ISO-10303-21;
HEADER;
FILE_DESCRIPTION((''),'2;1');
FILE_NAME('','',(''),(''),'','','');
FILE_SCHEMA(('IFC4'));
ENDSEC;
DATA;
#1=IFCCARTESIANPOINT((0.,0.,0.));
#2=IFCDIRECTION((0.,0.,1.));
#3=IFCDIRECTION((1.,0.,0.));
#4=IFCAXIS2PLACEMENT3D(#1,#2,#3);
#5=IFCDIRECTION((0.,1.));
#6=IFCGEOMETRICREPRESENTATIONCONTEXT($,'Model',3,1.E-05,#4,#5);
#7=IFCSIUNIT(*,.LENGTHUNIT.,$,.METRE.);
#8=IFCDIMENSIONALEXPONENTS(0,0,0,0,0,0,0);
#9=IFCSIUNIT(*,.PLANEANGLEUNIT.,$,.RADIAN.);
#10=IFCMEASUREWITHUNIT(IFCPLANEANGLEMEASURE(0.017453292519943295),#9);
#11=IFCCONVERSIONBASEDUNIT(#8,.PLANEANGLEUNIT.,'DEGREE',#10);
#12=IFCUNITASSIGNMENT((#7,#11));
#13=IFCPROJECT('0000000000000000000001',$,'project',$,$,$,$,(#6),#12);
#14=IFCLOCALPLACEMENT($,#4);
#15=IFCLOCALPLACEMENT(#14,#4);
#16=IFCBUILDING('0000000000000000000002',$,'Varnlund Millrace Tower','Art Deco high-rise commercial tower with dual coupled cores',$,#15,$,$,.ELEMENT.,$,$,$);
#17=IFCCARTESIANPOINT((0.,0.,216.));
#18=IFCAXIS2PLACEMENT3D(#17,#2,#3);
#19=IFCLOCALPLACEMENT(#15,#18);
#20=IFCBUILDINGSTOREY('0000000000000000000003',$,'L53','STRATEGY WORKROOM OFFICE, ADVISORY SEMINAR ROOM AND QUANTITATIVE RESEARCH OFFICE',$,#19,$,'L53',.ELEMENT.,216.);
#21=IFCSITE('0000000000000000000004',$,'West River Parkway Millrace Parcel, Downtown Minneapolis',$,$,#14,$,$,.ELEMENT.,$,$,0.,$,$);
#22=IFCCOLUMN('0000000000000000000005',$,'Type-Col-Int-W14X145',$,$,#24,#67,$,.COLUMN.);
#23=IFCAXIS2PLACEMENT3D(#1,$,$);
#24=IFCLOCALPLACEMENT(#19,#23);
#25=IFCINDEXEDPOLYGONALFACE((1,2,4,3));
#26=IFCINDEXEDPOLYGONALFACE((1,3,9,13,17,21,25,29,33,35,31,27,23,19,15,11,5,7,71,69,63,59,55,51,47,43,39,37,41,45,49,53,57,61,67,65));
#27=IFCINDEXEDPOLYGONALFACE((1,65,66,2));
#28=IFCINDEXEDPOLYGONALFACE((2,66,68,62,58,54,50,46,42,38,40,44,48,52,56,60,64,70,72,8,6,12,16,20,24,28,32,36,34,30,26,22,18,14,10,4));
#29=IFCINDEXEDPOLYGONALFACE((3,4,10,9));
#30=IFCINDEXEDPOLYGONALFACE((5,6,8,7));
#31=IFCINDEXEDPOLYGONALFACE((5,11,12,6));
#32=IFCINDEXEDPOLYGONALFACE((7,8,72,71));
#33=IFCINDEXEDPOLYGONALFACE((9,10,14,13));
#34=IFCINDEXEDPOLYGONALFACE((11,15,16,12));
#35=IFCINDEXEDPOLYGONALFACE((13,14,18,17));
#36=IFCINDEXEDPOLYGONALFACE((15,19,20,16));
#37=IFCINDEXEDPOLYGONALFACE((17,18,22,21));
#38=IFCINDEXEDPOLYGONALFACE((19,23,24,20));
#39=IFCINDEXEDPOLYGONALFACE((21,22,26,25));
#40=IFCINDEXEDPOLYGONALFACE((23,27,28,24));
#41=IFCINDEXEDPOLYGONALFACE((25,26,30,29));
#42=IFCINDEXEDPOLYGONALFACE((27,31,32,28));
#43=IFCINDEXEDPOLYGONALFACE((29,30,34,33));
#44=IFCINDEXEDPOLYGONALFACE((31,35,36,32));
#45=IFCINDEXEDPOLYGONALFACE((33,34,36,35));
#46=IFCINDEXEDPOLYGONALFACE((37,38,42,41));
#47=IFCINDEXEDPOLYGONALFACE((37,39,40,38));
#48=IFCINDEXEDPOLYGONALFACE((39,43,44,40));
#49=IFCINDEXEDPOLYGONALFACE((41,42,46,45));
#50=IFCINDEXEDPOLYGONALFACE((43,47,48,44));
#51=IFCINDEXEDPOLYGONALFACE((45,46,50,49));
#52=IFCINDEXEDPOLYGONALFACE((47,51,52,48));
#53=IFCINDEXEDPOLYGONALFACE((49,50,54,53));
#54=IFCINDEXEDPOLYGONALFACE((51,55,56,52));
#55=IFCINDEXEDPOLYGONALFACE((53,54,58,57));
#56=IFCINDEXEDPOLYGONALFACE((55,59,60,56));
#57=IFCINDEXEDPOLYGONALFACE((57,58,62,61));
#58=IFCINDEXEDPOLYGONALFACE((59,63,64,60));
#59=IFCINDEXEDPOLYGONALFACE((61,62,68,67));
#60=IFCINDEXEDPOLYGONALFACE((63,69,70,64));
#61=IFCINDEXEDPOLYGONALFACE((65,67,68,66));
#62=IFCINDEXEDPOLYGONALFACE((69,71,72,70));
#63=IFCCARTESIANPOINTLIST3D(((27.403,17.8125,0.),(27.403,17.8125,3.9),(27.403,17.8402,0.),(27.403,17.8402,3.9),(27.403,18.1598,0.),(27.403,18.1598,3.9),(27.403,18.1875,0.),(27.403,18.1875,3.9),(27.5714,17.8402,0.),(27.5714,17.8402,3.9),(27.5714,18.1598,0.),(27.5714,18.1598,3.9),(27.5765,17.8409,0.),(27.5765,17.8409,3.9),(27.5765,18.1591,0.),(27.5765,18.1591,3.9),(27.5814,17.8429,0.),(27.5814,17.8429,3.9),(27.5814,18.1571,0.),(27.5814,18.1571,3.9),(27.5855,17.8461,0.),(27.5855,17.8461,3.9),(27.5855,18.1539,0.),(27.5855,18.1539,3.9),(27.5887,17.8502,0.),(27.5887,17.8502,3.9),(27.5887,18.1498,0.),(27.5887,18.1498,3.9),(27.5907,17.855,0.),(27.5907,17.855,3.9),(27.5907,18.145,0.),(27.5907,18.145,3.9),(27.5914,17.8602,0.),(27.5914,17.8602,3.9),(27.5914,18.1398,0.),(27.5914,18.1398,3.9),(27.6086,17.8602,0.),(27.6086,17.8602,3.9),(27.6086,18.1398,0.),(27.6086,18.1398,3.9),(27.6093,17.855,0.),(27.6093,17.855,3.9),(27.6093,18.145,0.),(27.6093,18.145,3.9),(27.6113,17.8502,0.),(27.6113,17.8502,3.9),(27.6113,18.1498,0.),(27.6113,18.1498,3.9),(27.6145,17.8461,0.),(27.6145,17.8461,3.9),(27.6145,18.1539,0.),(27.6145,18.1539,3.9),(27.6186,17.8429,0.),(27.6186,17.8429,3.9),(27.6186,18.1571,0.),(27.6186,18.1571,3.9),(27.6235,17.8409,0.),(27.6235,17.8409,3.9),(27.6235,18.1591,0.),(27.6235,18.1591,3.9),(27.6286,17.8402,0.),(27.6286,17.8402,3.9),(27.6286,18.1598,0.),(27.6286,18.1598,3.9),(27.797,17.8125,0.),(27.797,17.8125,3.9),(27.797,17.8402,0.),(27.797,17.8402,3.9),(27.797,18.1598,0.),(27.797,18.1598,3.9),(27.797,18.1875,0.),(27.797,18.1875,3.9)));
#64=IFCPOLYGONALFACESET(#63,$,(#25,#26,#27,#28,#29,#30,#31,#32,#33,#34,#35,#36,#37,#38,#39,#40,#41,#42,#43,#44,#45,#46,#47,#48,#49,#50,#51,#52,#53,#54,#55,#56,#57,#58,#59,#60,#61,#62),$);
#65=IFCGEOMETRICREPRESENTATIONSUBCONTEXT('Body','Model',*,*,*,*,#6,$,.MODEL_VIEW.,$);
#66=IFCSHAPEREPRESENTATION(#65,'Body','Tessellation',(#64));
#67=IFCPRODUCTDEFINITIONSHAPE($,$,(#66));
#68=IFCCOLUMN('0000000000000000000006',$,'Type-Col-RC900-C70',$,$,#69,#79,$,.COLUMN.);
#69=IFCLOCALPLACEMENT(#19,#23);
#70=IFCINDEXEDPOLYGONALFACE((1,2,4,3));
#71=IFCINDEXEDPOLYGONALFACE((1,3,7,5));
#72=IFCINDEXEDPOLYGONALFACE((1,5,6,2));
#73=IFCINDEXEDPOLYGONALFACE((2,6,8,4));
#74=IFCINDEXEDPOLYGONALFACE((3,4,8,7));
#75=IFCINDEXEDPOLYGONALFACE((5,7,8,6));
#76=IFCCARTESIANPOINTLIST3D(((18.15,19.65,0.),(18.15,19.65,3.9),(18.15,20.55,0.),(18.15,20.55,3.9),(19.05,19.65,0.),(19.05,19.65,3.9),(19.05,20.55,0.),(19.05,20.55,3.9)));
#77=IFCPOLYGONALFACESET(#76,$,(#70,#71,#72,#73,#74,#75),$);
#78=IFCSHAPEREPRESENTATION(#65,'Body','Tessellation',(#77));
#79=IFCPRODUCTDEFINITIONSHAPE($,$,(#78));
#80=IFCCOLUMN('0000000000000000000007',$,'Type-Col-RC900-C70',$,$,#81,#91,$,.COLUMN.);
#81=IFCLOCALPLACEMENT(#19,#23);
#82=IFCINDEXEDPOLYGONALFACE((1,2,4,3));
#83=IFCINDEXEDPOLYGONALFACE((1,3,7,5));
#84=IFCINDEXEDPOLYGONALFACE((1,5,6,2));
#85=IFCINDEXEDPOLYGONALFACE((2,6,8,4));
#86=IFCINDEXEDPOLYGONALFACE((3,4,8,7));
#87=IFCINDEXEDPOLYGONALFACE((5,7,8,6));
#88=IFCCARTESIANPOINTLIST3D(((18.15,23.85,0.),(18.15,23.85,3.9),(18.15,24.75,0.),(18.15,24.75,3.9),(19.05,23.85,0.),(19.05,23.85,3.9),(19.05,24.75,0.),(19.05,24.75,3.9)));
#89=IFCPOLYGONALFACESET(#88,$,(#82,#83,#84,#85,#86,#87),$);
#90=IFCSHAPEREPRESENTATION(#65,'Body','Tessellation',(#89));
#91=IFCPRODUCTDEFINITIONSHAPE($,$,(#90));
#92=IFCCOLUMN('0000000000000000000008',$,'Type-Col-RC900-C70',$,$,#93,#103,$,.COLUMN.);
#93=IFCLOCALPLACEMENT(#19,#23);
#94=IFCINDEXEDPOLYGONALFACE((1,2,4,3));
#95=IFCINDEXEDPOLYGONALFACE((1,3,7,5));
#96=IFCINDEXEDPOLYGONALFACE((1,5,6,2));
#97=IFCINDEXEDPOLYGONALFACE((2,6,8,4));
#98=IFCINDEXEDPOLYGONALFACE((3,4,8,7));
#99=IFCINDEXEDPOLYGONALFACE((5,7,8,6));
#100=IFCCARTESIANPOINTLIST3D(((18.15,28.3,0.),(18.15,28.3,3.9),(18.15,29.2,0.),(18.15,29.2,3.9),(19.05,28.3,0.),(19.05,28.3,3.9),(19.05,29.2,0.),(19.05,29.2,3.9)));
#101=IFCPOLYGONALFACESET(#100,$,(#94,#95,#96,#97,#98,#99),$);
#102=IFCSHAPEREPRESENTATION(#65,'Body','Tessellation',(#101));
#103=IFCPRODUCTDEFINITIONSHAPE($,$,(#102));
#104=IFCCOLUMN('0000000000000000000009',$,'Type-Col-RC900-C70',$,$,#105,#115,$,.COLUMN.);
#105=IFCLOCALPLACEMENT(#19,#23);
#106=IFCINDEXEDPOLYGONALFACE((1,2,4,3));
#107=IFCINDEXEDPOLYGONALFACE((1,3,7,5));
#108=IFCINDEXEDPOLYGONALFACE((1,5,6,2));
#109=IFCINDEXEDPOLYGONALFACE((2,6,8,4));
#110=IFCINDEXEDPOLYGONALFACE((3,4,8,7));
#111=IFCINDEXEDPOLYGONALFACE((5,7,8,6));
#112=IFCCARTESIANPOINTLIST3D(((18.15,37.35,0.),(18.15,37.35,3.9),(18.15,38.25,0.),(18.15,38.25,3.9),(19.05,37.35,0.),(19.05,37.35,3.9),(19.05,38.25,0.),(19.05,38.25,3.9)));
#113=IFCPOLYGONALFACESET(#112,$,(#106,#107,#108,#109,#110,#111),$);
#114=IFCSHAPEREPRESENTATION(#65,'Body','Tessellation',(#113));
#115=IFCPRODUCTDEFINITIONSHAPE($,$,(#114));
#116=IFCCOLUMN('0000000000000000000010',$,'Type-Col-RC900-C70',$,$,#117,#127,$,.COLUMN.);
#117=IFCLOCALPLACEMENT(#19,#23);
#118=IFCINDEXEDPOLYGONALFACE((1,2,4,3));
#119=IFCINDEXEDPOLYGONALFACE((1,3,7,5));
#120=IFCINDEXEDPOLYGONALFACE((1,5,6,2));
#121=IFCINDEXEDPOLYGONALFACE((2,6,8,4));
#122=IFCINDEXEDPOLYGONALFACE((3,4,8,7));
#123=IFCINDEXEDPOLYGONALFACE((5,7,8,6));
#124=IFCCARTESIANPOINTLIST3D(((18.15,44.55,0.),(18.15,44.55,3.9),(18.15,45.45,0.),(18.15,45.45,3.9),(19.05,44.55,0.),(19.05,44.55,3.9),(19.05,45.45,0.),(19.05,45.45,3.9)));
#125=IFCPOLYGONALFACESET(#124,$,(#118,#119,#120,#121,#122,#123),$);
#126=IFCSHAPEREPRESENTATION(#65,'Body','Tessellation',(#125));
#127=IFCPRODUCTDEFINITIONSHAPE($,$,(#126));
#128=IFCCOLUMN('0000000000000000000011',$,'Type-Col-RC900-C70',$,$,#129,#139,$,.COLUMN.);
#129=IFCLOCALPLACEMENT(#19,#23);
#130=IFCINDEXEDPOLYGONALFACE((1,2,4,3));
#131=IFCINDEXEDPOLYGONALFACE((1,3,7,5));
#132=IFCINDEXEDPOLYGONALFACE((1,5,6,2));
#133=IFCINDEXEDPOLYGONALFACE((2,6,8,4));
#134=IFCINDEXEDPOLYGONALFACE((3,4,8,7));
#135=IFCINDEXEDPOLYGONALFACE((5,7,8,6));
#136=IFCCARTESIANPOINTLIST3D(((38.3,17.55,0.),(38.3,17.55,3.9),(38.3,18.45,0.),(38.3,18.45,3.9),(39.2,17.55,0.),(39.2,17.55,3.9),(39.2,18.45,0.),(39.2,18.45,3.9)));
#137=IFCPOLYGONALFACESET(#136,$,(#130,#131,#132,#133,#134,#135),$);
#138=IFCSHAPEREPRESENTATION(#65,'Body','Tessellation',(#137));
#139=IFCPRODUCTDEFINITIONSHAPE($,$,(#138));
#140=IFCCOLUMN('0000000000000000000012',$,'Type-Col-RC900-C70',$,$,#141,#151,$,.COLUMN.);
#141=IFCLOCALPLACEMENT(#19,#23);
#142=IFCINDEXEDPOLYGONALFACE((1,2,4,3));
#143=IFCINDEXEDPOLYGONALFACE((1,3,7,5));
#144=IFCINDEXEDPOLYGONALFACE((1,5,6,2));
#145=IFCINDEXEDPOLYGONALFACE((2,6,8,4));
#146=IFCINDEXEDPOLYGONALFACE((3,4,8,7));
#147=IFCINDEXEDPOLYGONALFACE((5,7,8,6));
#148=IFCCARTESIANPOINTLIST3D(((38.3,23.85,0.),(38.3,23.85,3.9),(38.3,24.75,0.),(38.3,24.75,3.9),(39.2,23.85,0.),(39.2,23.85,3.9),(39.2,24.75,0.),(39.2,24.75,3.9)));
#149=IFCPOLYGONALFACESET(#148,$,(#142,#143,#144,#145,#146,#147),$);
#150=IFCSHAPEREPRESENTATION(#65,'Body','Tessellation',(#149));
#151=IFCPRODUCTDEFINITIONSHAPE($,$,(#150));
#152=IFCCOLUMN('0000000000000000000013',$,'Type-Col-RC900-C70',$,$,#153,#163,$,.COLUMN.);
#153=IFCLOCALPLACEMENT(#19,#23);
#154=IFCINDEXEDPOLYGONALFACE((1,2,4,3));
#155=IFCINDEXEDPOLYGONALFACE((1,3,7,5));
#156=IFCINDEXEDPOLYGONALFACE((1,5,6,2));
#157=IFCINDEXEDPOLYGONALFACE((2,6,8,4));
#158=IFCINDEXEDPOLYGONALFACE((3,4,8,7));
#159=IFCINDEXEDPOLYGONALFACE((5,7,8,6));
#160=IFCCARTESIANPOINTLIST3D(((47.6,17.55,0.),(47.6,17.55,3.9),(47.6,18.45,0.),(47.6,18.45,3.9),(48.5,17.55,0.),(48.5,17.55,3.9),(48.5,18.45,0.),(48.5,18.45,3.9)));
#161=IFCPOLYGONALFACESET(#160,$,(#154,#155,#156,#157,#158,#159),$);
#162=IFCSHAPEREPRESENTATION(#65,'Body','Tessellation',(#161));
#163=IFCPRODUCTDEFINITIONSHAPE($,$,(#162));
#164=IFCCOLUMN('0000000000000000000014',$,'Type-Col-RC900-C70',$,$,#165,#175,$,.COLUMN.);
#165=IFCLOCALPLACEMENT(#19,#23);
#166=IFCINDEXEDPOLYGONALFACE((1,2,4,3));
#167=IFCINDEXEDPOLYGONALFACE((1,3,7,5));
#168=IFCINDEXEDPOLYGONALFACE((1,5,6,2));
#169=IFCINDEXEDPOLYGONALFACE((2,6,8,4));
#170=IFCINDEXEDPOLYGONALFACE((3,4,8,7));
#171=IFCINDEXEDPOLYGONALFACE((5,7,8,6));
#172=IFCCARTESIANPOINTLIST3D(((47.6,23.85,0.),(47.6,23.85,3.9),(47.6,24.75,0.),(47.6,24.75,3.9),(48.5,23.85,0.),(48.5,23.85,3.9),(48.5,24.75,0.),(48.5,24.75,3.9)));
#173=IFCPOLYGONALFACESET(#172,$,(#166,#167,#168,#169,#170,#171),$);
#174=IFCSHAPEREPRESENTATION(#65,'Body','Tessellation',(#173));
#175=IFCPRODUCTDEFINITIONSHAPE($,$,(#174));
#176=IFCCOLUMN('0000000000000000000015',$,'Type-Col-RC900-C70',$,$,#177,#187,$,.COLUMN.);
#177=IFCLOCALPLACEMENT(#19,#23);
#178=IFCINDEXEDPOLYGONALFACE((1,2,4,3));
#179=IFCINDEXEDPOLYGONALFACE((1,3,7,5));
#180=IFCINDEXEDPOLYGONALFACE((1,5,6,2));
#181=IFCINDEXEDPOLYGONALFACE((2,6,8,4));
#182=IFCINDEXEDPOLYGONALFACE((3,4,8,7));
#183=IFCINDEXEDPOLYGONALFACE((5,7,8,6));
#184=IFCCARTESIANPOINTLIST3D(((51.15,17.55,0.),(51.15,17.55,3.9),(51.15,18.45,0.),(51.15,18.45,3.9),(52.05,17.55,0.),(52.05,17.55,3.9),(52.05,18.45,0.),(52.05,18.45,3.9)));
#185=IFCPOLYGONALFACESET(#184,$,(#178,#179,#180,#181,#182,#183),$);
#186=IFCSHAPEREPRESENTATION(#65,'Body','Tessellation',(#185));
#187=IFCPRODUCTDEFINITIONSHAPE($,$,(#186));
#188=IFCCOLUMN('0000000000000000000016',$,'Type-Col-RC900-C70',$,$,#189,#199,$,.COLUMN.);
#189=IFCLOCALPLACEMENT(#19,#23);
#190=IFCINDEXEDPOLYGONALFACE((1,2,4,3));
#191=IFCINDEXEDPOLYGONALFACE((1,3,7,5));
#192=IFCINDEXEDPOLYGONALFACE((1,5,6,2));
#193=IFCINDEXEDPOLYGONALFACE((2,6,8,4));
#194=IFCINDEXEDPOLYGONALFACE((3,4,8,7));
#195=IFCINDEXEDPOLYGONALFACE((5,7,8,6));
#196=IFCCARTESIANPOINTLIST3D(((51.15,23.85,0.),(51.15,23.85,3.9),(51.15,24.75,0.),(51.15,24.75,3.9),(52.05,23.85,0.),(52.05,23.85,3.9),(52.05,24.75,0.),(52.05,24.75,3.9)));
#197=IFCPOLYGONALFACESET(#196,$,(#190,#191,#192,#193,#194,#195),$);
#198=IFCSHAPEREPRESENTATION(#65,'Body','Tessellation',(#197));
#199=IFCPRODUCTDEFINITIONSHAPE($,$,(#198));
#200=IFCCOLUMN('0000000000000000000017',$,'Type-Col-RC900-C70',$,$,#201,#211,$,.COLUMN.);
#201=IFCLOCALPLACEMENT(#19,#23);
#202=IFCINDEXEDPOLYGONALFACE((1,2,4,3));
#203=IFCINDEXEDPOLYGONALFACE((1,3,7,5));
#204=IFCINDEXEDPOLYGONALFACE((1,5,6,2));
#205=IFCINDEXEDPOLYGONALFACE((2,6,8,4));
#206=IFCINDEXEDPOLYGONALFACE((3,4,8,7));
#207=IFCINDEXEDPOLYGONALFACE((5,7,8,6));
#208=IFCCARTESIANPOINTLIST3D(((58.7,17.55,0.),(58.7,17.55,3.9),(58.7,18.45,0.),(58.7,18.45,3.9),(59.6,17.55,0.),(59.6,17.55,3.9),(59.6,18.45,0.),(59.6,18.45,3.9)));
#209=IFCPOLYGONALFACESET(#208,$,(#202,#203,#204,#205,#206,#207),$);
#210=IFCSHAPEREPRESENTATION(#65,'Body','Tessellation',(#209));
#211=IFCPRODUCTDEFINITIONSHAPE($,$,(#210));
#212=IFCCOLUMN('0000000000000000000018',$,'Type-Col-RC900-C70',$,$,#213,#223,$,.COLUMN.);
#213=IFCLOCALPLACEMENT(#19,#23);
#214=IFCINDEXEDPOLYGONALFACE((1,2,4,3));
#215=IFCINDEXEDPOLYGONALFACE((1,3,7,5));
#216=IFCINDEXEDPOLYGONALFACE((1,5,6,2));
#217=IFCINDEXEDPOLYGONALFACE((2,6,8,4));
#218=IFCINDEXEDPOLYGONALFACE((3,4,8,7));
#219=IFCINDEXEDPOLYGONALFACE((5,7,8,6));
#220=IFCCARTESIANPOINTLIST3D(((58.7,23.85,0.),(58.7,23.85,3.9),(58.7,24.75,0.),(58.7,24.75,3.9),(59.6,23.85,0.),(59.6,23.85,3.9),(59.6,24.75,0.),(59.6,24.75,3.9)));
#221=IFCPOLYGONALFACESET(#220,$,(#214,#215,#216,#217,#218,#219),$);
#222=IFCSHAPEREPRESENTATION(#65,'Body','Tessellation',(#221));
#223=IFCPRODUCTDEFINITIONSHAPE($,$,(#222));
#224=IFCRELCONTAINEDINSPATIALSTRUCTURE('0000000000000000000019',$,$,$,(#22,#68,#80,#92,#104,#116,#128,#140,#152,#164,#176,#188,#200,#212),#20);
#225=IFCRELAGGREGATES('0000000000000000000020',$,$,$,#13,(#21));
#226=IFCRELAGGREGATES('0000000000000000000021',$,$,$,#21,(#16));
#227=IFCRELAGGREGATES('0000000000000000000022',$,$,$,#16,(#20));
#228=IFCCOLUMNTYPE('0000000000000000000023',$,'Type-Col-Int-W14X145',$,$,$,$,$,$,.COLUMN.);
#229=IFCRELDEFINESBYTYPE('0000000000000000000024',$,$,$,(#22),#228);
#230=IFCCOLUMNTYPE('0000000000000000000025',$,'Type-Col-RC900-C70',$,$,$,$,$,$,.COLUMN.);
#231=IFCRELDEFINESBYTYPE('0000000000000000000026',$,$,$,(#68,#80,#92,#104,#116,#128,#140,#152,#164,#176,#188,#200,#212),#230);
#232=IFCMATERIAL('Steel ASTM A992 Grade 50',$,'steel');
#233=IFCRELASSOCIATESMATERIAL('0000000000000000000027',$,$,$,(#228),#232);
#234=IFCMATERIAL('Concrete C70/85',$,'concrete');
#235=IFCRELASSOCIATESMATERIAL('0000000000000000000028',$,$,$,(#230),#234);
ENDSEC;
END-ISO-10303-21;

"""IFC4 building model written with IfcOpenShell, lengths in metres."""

from ifc_helpers import new_model, entity, si_unit, converted_unit, direction, frame, origin_with_axes, origin_2d_with_axis, place, context, subcontext, project, spatial, rectangle, i_section, extrude, material, material_profile, profile_set, type_object, element, save


model = new_model("IFC4")

# Units and contexts
model_context = context("Model", 3, precision=1e-05, world=origin_with_axes(), true_north=direction((0.0, 1.0)))
body_context = subcontext(model_context, "Body", "Model", "MODEL_VIEW")
ifc_project = project(units=[si_unit("LENGTHUNIT", "METRE"), converted_unit("PLANEANGLEUNIT", "DEGREE", entity("IfcPlaneAngleMeasure", 0.017453292519943295), si_unit("PLANEANGLEUNIT", "RADIAN"), dimensions=[0, 0, 0, 0, 0, 0, 0])], contexts=[model_context])

# Site, building, storey
site_placement = place(None, origin_with_axes())
site = spatial("IfcSite", under=ifc_project, at=site_placement, Name="West River Parkway Millrace Parcel, Downtown Minneapolis", CompositionType="ELEMENT", RefElevation=0.0)
building_placement = place(site_placement, origin_with_axes())
building = spatial("IfcBuilding", under=site, at=building_placement, Name="Varnlund Millrace Tower", Description="Art Deco high-rise commercial tower with dual coupled cores", CompositionType="ELEMENT")
storey_placement = place(building_placement, frame((0.0, 0.0, 216.0), z_axis=(0.0, 0.0, 1.0), x_axis=(1.0, 0.0, 0.0)))
storey = spatial("IfcBuildingStorey", under=building, at=storey_placement, Name="L53", Description="STRATEGY WORKROOM OFFICE, ADVISORY SEMINAR ROOM AND QUANTITATIVE RESEARCH OFFICE", LongName="L53", CompositionType="ELEMENT", Elevation=216.0)

# Columns
ifc_material_1 = material(Name="Steel ASTM A992 Grade 50", Category="steel")
ifc_material_profile_1 = material_profile(ifc_material_1, i_section(OverallWidth=0.394, OverallDepth=0.375, WebThickness=0.0173, FlangeThickness=0.0277, FilletRadius=0.02, at=origin_2d_with_axis()), Name="Steel ASTM A992 Grade 50")
ifc_profile_set_1 = profile_set([ifc_material_profile_1], Name="Steel ASTM A992 Grade 50")
column_type_1 = type_object("IfcColumnType", Name="Type-Col-Int-W14X145", PredefinedType="COLUMN", material=ifc_profile_set_1)
column_placement = place(storey_placement, frame((27.6, 18.0, 0.0), z_axis=(0.0, 0.0, 1.0), x_axis=(1.0, 0.0, 0.0)))
element("IfcColumn", 1, at=column_placement, inside=storey, type_object=column_type_1, Name="Type-Col-Int-W14X145", PredefinedType="COLUMN", context=body_context, shape_type="SweptSolid", body=[
    extrude(i_section(OverallWidth=0.394, OverallDepth=0.375, WebThickness=0.0173, FlangeThickness=0.0277, FilletRadius=0.02, at=origin_2d_with_axis()), origin_with_axes(), (0.0, 0.0, 1.0), 3.9),
])
ifc_material_2 = material(Name="Concrete C70/85", Category="concrete")
ifc_material_profile_2 = material_profile(ifc_material_2, rectangle(XDim=0.9, YDim=0.9, at=origin_2d_with_axis()), Name="Concrete C70/85")
ifc_profile_set_2 = profile_set([ifc_material_profile_2], Name="Concrete C70/85")
column_type_2 = type_object("IfcColumnType", Name="Type-Col-RC900-C70", PredefinedType="COLUMN", material=ifc_profile_set_2)
for number, where, z_axis, x_axis, name in (
    (2, (18.6, 20.1, 0.0), (0.0, 0.0, 1.0), (1.0, 0.0, 0.0), "Type-Col-RC900-C70"),
    (3, (18.6, 24.3, 0.0), (0.0, 0.0, 1.0), (1.0, 0.0, 0.0), "Type-Col-RC900-C70"),
    (4, (18.6, 28.75, 0.0), (0.0, 0.0, 1.0), (1.0, 0.0, 0.0), "Type-Col-RC900-C70"),
    (5, (18.6, 37.8, 0.0), (0.0, 0.0, 1.0), (1.0, 0.0, 0.0), "Type-Col-RC900-C70"),
    (6, (18.6, 45.0, 0.0), (0.0, 0.0, 1.0), (1.0, 0.0, 0.0), "Type-Col-RC900-C70"),
    (7, (38.75, 18.0, 0.0), (0.0, 0.0, 1.0), (1.0, 0.0, 0.0), "Type-Col-RC900-C70"),
    (8, (38.75, 24.3, 0.0), (0.0, 0.0, 1.0), (1.0, 0.0, 0.0), "Type-Col-RC900-C70"),
    (9, (48.05, 18.0, 0.0), (0.0, 0.0, 1.0), (1.0, 0.0, 0.0), "Type-Col-RC900-C70"),
    (10, (48.05, 24.3, 0.0), (0.0, 0.0, 1.0), (1.0, 0.0, 0.0), "Type-Col-RC900-C70"),
    (11, (51.6, 18.0, 0.0), (0.0, 0.0, 1.0), (1.0, 0.0, 0.0), "Type-Col-RC900-C70"),
    (12, (51.6, 24.3, 0.0), (0.0, 0.0, 1.0), (1.0, 0.0, 0.0), "Type-Col-RC900-C70"),
    (13, (59.15, 18.0, 0.0), (0.0, 0.0, 1.0), (1.0, 0.0, 0.0), "Type-Col-RC900-C70"),
    (14, (59.15, 24.3, 0.0), (0.0, 0.0, 1.0), (1.0, 0.0, 0.0), "Type-Col-RC900-C70"),
):
    element("IfcColumn", number, at=place(storey_placement, frame(where, z_axis=z_axis, x_axis=x_axis)), inside=storey, type_object=column_type_2, Name=name, PredefinedType="COLUMN", context=body_context, shape_type="SweptSolid", body=[
        extrude(rectangle(XDim=0.9, YDim=0.9, at=origin_2d_with_axis()), origin_with_axes(), (0.0, 0.0, 1.0), 3.9),
    ])

save(model, "model.ifc")
